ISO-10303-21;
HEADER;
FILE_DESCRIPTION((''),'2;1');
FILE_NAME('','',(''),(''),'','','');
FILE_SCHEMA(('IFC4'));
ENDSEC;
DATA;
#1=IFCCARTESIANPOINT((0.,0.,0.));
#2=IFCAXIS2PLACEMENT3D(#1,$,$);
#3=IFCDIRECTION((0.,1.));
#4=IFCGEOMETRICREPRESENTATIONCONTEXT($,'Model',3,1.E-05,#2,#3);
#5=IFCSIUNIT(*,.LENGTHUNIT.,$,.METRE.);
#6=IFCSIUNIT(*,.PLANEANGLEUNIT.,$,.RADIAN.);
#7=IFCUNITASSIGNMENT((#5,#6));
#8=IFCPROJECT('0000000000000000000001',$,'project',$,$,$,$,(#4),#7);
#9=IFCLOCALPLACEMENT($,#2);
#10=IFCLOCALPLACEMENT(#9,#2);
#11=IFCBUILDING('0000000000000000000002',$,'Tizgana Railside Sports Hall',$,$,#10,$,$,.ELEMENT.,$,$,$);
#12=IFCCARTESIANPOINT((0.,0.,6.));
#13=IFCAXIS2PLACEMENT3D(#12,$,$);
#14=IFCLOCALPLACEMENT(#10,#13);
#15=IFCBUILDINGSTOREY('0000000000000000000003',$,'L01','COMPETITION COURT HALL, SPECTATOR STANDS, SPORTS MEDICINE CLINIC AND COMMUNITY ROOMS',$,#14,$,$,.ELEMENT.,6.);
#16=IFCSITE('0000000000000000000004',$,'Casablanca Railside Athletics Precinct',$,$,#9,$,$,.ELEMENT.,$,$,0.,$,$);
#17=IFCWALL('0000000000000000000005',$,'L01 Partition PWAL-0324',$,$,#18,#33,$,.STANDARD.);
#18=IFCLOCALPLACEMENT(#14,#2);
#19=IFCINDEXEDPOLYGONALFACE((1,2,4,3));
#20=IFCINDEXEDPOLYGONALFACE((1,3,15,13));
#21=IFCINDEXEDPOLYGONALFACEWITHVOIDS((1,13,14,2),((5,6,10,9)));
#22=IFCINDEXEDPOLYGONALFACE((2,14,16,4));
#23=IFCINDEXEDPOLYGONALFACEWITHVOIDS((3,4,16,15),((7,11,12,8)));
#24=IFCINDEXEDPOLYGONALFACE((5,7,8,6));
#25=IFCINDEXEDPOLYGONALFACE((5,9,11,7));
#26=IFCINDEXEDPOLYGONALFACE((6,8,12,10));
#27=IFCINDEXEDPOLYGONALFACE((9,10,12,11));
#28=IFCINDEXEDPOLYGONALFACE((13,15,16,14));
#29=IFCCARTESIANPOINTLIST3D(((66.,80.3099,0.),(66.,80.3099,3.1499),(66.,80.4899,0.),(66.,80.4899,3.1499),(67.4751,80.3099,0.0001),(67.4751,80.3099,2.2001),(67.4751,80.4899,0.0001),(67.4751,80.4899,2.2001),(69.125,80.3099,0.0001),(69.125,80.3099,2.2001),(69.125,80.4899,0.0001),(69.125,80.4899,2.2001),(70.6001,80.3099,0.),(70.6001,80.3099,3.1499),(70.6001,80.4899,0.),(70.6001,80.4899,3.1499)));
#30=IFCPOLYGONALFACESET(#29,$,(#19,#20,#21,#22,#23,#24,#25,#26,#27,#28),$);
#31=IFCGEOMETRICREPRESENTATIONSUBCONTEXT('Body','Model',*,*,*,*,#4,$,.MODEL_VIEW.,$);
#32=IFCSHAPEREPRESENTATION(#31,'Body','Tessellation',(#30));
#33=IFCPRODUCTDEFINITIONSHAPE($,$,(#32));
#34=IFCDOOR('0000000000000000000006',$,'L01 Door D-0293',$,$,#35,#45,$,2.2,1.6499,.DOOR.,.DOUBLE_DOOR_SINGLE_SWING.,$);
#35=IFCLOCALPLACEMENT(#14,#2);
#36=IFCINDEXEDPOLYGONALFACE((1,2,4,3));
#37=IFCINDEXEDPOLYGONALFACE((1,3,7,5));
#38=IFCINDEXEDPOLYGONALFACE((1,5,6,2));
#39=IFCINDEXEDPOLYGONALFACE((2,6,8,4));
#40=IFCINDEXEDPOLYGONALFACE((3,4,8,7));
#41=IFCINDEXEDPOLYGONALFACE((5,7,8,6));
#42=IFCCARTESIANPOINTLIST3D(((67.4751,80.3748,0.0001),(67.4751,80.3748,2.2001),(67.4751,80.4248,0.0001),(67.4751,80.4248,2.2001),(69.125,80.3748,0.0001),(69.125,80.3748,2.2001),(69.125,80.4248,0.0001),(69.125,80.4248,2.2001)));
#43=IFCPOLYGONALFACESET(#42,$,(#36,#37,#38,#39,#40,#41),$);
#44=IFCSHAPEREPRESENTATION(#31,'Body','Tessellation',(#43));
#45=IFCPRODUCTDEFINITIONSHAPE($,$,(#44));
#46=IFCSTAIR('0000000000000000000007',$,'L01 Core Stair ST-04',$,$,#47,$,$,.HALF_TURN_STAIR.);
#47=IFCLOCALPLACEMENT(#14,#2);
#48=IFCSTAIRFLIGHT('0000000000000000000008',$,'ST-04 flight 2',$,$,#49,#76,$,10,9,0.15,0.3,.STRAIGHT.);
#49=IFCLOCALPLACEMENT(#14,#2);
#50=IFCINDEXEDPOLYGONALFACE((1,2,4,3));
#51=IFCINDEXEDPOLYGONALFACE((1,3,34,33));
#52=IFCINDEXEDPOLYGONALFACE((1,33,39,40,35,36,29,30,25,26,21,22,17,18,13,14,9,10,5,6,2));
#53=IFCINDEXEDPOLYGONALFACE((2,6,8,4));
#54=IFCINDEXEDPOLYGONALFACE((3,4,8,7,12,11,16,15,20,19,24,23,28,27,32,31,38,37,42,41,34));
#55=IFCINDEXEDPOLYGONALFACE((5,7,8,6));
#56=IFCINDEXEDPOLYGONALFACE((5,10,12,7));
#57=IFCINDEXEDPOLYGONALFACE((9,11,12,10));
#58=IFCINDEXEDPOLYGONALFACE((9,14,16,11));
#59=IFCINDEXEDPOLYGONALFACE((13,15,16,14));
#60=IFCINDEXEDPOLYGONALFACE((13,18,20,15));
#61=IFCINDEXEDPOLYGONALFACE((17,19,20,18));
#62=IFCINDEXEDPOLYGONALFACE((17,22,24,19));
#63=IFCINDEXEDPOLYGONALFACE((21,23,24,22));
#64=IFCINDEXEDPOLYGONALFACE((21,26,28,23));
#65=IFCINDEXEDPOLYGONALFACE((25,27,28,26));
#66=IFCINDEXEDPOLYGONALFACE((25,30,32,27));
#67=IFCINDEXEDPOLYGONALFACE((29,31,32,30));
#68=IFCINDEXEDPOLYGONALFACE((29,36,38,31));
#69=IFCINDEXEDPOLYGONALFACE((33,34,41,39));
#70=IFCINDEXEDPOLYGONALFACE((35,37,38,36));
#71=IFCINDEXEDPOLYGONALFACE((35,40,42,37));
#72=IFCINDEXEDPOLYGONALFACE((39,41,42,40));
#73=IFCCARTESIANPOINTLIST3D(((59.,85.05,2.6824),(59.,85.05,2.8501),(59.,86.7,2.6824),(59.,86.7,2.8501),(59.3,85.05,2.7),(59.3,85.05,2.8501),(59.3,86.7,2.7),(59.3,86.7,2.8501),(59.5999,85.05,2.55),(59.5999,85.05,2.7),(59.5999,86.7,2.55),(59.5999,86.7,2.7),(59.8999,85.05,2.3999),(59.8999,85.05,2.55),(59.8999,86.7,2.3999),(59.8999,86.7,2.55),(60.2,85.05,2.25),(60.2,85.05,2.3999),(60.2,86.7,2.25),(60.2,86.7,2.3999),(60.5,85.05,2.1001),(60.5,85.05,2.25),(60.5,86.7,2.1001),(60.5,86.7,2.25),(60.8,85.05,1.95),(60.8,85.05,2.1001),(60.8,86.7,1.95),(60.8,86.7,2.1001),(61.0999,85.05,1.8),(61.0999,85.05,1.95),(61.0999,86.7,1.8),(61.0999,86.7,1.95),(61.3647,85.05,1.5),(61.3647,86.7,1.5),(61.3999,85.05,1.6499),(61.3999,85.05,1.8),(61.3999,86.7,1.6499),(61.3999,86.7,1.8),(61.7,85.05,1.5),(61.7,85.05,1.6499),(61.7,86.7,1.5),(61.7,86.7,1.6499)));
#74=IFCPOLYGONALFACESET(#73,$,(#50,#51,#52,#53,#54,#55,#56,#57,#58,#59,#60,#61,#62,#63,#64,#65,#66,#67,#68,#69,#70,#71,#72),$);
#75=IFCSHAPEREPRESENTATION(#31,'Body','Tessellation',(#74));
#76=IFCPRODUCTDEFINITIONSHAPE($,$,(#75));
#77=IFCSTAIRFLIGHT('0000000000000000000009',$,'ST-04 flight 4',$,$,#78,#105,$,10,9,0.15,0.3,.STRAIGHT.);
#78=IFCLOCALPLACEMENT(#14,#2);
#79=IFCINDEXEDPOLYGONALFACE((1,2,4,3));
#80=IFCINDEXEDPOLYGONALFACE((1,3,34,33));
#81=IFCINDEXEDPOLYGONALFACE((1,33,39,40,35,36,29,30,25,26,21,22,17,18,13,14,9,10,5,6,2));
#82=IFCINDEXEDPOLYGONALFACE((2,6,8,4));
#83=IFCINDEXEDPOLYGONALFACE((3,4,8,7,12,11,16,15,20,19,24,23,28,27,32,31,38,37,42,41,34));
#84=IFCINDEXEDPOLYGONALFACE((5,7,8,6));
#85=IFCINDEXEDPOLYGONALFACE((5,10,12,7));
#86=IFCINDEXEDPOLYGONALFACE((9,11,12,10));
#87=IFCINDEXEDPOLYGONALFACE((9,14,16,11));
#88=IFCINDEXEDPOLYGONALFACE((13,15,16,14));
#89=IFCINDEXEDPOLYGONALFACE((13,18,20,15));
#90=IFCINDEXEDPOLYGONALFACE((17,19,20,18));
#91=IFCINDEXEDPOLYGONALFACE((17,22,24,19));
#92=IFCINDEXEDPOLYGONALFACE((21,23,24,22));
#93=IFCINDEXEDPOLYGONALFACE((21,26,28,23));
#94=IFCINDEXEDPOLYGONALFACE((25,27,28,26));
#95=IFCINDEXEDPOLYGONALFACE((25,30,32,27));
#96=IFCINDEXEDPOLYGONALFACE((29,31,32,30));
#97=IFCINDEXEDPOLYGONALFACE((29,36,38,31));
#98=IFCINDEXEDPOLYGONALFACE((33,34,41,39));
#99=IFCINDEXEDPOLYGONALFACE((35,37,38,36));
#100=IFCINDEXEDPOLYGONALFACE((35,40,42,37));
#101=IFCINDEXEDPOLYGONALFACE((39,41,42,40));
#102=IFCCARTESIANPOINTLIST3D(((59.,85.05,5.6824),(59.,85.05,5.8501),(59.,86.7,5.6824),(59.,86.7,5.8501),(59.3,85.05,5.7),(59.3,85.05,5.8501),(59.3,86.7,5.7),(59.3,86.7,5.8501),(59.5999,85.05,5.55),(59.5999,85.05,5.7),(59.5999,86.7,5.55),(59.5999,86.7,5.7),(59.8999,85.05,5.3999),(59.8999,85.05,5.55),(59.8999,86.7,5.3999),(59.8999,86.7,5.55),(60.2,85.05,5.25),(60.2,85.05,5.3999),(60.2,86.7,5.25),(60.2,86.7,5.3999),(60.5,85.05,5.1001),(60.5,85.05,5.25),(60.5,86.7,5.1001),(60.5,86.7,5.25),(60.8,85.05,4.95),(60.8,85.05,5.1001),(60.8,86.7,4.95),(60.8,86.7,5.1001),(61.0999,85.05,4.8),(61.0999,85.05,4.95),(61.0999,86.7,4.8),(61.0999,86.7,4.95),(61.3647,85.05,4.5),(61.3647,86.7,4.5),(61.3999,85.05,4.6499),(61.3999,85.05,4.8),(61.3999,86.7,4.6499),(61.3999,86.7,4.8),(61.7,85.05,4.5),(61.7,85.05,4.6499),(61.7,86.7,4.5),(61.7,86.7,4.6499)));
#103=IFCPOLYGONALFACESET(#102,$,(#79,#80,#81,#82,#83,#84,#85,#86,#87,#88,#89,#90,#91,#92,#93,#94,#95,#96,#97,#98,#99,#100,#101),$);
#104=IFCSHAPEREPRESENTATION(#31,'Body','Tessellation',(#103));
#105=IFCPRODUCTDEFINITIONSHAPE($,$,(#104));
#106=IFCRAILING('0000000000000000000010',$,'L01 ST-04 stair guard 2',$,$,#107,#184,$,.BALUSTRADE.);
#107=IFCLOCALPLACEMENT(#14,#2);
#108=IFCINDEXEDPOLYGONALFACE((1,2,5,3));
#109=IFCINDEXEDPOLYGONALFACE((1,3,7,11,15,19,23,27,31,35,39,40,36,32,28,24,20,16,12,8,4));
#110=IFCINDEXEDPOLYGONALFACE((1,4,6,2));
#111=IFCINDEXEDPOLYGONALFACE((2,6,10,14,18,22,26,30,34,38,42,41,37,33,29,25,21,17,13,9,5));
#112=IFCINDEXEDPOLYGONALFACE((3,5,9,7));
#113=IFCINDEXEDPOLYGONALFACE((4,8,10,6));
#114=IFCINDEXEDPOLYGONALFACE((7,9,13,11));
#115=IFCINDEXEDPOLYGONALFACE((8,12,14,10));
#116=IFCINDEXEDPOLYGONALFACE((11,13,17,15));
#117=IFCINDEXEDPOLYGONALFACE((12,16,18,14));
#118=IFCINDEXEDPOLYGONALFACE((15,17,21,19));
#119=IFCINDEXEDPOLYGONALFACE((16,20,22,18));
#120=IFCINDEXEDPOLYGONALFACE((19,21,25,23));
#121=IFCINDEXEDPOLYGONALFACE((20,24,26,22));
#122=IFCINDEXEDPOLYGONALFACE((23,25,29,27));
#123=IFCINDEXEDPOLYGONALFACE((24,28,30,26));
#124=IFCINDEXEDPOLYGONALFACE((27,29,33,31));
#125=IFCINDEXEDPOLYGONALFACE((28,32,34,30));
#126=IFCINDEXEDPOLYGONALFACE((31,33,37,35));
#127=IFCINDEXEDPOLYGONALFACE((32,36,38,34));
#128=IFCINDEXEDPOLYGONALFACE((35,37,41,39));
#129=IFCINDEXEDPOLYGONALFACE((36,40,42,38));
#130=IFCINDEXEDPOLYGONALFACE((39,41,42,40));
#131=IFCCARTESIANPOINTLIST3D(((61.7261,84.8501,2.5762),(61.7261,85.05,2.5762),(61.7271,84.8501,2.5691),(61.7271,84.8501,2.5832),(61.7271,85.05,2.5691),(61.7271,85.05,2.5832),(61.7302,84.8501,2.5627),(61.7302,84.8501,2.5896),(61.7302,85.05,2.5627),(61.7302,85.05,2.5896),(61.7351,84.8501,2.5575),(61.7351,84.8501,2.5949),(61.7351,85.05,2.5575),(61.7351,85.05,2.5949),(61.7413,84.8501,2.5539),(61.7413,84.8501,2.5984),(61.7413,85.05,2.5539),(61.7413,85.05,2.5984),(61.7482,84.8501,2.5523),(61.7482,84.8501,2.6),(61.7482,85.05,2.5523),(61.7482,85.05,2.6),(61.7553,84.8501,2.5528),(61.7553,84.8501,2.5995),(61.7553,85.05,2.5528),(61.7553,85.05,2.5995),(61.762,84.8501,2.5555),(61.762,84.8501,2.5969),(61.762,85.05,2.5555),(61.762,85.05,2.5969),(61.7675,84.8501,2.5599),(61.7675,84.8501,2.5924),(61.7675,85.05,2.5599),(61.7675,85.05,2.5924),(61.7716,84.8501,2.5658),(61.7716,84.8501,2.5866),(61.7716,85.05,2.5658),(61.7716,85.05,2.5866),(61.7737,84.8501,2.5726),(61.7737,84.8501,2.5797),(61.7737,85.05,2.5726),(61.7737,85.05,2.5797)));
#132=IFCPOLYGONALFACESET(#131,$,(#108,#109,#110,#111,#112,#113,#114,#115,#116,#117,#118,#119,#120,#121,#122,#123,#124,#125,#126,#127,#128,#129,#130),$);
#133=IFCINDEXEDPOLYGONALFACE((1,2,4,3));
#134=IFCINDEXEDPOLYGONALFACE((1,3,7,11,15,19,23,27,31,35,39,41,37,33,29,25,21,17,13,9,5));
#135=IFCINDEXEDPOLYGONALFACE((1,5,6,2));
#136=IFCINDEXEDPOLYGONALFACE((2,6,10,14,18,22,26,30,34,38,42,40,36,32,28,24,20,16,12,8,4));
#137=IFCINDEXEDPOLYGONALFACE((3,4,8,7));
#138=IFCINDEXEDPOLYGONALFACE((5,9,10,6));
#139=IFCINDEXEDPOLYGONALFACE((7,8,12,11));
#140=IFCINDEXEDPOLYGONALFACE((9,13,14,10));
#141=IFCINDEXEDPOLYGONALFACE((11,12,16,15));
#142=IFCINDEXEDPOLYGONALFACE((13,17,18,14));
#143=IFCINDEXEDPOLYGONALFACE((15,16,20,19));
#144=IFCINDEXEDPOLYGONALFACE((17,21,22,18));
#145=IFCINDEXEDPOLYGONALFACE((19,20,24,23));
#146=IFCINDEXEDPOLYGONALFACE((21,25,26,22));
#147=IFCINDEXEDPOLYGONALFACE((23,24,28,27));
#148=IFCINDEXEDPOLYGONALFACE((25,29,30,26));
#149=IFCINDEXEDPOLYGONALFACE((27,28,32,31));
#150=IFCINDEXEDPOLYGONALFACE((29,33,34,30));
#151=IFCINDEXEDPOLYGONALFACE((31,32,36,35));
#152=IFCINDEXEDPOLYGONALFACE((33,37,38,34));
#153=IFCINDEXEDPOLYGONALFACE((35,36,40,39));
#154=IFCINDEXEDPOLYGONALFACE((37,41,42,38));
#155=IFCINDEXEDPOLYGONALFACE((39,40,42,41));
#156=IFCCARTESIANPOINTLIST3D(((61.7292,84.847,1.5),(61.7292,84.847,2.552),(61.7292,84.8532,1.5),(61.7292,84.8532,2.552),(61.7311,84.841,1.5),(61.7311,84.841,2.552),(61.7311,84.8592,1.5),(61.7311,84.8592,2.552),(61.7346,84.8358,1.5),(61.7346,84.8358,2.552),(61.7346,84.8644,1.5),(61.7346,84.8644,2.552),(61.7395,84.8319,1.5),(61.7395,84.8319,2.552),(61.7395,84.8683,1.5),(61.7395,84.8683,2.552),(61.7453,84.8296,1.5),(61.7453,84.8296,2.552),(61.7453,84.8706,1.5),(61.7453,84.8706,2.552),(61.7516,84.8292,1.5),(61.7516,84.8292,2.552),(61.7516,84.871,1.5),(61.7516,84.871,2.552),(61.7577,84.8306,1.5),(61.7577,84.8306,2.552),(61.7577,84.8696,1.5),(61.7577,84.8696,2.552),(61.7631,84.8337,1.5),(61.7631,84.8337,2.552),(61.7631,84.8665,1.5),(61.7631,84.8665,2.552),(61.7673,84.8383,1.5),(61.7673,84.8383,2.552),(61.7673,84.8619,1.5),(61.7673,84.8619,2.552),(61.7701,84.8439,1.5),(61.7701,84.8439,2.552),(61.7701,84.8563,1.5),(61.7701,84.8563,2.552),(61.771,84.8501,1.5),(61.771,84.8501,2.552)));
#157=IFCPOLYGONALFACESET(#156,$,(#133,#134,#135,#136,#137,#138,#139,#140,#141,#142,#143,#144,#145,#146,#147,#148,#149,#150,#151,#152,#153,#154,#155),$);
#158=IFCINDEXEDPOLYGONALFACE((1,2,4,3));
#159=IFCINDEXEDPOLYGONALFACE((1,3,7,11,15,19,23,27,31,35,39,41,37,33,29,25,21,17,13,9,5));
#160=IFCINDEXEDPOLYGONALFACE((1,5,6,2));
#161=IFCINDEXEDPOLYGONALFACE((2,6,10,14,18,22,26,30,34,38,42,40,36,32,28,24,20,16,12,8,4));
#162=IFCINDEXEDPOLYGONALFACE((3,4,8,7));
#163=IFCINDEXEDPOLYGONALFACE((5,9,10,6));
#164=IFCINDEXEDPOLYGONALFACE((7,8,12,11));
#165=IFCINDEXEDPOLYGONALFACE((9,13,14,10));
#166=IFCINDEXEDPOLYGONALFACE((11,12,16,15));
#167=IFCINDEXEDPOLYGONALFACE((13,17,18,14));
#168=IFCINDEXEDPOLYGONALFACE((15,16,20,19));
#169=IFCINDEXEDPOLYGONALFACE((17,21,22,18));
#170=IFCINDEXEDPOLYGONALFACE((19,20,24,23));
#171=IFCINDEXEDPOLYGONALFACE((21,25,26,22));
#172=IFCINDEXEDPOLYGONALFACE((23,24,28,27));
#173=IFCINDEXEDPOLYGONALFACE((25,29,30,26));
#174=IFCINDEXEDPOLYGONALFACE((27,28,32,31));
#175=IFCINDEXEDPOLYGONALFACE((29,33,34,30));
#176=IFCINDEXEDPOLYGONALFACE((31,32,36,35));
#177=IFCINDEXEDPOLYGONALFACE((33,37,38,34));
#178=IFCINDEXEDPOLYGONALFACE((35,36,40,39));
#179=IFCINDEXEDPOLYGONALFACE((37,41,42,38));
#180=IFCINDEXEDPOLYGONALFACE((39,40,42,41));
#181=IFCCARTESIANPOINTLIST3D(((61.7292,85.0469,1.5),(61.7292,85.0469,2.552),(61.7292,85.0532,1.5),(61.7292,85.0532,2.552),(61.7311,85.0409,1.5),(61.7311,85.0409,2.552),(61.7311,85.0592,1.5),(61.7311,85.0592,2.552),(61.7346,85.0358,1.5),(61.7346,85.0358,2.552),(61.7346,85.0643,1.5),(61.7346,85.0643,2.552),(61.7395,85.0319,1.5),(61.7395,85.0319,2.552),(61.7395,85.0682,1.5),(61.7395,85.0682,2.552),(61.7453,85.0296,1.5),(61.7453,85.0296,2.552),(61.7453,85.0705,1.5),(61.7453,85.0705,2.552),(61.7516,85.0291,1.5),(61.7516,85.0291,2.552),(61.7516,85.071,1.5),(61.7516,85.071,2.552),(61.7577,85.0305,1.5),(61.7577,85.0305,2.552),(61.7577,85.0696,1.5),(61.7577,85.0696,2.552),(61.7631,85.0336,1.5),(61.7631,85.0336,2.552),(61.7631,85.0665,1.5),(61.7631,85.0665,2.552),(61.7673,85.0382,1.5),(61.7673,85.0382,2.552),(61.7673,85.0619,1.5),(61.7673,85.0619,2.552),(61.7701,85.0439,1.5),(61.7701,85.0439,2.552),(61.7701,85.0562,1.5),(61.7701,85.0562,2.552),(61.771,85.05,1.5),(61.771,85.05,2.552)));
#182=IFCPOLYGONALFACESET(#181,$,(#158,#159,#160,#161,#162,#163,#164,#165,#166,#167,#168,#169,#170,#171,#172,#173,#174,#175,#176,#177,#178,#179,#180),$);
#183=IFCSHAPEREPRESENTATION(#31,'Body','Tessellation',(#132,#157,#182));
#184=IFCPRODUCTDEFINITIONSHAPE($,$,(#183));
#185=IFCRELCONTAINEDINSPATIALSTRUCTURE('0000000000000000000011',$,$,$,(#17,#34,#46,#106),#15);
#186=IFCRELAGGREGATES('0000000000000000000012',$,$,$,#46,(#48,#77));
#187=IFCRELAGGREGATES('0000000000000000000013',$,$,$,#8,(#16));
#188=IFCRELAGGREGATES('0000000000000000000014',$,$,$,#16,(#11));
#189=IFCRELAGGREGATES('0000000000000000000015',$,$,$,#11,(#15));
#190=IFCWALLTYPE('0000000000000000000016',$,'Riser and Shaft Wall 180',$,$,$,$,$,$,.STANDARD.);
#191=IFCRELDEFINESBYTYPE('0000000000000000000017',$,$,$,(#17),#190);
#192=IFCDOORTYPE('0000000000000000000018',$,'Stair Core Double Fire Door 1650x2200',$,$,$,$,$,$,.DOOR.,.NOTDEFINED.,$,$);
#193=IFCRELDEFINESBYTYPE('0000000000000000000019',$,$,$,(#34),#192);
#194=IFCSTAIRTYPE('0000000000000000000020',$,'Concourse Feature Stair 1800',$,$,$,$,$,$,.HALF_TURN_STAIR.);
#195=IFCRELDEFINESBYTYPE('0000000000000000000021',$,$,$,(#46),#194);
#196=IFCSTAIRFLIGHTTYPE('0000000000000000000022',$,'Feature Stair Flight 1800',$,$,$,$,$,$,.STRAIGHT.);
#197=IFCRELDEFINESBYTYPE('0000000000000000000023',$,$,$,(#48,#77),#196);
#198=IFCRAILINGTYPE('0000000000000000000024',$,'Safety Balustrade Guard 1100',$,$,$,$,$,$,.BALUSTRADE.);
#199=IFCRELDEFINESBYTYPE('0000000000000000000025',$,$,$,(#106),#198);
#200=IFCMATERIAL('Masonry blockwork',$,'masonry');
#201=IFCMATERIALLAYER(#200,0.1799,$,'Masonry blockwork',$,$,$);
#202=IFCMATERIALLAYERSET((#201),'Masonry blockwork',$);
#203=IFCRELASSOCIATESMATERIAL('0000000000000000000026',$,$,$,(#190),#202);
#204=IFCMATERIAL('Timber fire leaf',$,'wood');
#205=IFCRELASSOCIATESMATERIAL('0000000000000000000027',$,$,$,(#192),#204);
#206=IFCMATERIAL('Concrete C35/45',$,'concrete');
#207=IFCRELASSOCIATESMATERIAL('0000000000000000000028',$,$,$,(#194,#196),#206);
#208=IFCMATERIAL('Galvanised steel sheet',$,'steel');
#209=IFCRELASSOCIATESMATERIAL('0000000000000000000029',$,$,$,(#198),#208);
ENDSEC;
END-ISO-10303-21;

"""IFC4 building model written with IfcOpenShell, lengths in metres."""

from ifc_helpers import new_model, si_unit, direction, frame, frame_2d, origin, origin_2d, place, context, subcontext, project, spatial, polyline, rectangle, circle, outline, extrude, material, layer, layer_set, type_object, element, fill, aggregate, save


model = new_model("IFC4")

# Units and contexts
model_context = context("Model", 3, precision=1e-05, world=origin(), true_north=direction((0.0, 1.0)))
body_context = subcontext(model_context, "Body", "Model", "MODEL_VIEW")
ifc_project = project(units=[si_unit("LENGTHUNIT", "METRE"), si_unit("PLANEANGLEUNIT", "RADIAN")], contexts=[model_context])

# Site, building, storey
site_placement = place(None, origin())
site = spatial("IfcSite", under=ifc_project, at=site_placement, Name="Casablanca Railside Athletics Precinct", CompositionType="ELEMENT", RefElevation=0.0)
building_placement = place(site_placement, origin())
building = spatial("IfcBuilding", under=site, at=building_placement, Name="Tizgana Railside Sports Hall", CompositionType="ELEMENT")
storey_placement = place(building_placement, frame((0.0, 0.0, 6.0)))
storey = spatial("IfcBuildingStorey", under=building, at=storey_placement, Name="L01", Description="COMPETITION COURT HALL, SPECTATOR STANDS, SPORTS MEDICINE CLINIC AND COMMUNITY ROOMS", CompositionType="ELEMENT", Elevation=6.0)

# Wall, opening, door
ifc_material_1 = material(Name="Masonry blockwork", Category="masonry")
ifc_layer_1 = layer(ifc_material_1, 0.1799, Name="Masonry blockwork")
ifc_layer_set_1 = layer_set([ifc_layer_1], Name="Masonry blockwork")
wall_type_1 = type_object("IfcWallType", Name="Riser and Shaft Wall 180", PredefinedType="STANDARD", material=ifc_layer_set_1)
wall_1_placement = place(storey_placement, frame((66.0, 80.3999, 0.0), z_axis=(0.0, 0.0, 1.0), x_axis=(1.0, 0.0, 0.0)))
wall_1 = element("IfcWall", 1, at=wall_1_placement, inside=storey, type_object=wall_type_1, Name="L01 Partition PWAL-0324", PredefinedType="STANDARD", context=body_context, shape_type="SweptSolid", body=[
    extrude(rectangle(XDim=4.6001, YDim=0.1799, at=frame_2d((2.3, 0.0))), origin(), (0.0, 0.0, 1.0), 3.1499),
])
opening_1_placement = place(wall_1_placement, frame((1.4751, 0.0, 0.0)))
opening_1 = element("IfcOpeningElement", 2, at=opening_1_placement, cuts=wall_1, PredefinedType="OPENING", context=body_context, shape_type="SweptSolid", body=[
    extrude(rectangle(XDim=1.6499, YDim=2.2, at=frame_2d((0.825, 1.1001))), frame((0.0, 0.0999, 0.0), z_axis=(0.0, -1.0, 0.0), x_axis=(1.0, 0.0, 0.0)), (0.0, 0.0, 1.0), 0.2),
])
ifc_material_2 = material(Name="Timber fire leaf", Category="wood")
door_type_1 = type_object("IfcDoorType", Name="Stair Core Double Fire Door 1650x2200", OperationType="NOTDEFINED", PredefinedType="DOOR", material=ifc_material_2)
door_1_placement = place(opening_1_placement, origin())
door_1 = element("IfcDoor", 3, at=door_1_placement, inside=storey, type_object=door_type_1, Name="L01 Door D-0293", OperationType="DOUBLE_DOOR_SINGLE_SWING", OverallHeight=2.2, OverallWidth=1.6499, PredefinedType="DOOR", context=body_context, shape_type="SweptSolid", body=[
    extrude(rectangle(XDim=1.6499, YDim=2.2, at=frame_2d((0.825, 1.1001))), frame((0.0, 0.0249, 0.0), z_axis=(0.0, -1.0, 0.0), x_axis=(1.0, 0.0, 0.0)), (0.0, 0.0, 1.0), 0.05),
])
fill(opening_1, door_1)

# Stair, stair flights
ifc_material_3 = material(Name="Concrete C35/45", Category="concrete")
stair_type = type_object("IfcStairType", Name="Concourse Feature Stair 1800", PredefinedType="HALF_TURN_STAIR", material=ifc_material_3)
stair_placement = place(storey_placement, origin())
stair = element("IfcStair", 4, at=stair_placement, inside=storey, type_object=stair_type, Name="L01 Core Stair ST-04", PredefinedType="HALF_TURN_STAIR")
stair_flight_type = type_object("IfcStairFlightType", Name="Feature Stair Flight 1800", PredefinedType="STRAIGHT", material=ifc_material_3)
stair_flight_1_placement = place(storey_placement, frame((61.7, 85.875, 1.5), z_axis=(0.0, 0.0, 1.0), x_axis=(-1.0, 0.0, 0.0)))
stair_flight_1 = element("IfcStairFlight", 5, at=stair_flight_1_placement, type_object=stair_flight_type, Name="ST-04 flight 2", NumberOfRisers=10, NumberOfTreads=9, PredefinedType="STRAIGHT", RiserHeight=0.15, TreadLength=0.3, context=body_context, shape_type="SweptSolid", body=[
    extrude(outline(polyline([(0.0, 0.0), (0.0, 0.1499), (0.3, 0.1499), (0.3, 0.3), (0.6001, 0.3), (0.6001, 0.45), (0.8999, 0.45), (0.8999, 0.6001), (1.2, 0.6001), (1.2, 0.75), (1.5, 0.75), (1.5, 0.8999), (1.8, 0.8999), (1.8, 1.05), (2.1001, 1.05), (2.1001, 1.2), (2.3999, 1.2), (2.3999, 1.3501), (2.7, 1.3501), (2.7, 1.5), (2.7, 1.1824), (0.3352, 0.0), (0.0, 0.0)])), frame((0.0, 0.825, 0.0), z_axis=(0.0, -1.0, 0.0), x_axis=(1.0, 0.0, 0.0)), (0.0, 0.0, 1.0), 1.6499),
])
stair_flight_2_placement = place(storey_placement, frame((61.7, 85.875, 4.5), z_axis=(0.0, 0.0, 1.0), x_axis=(-1.0, 0.0, 0.0)))
stair_flight_2 = element("IfcStairFlight", 6, at=stair_flight_2_placement, type_object=stair_flight_type, Name="ST-04 flight 4", NumberOfRisers=10, NumberOfTreads=9, PredefinedType="STRAIGHT", RiserHeight=0.15, TreadLength=0.3, context=body_context, shape_type="SweptSolid", body=[
    extrude(outline(polyline([(0.0, 0.0), (0.0, 0.1499), (0.3, 0.1499), (0.3, 0.3), (0.6001, 0.3), (0.6001, 0.45), (0.8999, 0.45), (0.8999, 0.6001), (1.2, 0.6001), (1.2, 0.75), (1.5, 0.75), (1.5, 0.8999), (1.8, 0.8999), (1.8, 1.05), (2.1001, 1.05), (2.1001, 1.2), (2.3999, 1.2), (2.3999, 1.3501), (2.7, 1.3501), (2.7, 1.5), (2.7, 1.1824), (0.3352, 0.0), (0.0, 0.0)])), frame((0.0, 0.825, 0.0), z_axis=(0.0, -1.0, 0.0), x_axis=(1.0, 0.0, 0.0)), (0.0, 0.0, 1.0), 1.6499),
])
aggregate(stair, [stair_flight_1, stair_flight_2])

# Railing
ifc_material_4 = material(Name="Galvanised steel sheet", Category="steel")
railing_type_1 = type_object("IfcRailingType", Name="Safety Balustrade Guard 1100", PredefinedType="BALUSTRADE", material=ifc_material_4)
for number, where, name in (
    (7, (61.75, 84.8501, 1.5), "L01 ST-04 stair guard 2"),
):
    element("IfcRailing", number, at=place(storey_placement, frame(where)), inside=storey, type_object=railing_type_1, Name=name, PredefinedType="BALUSTRADE", context=body_context, shape_type="SweptSolid", body=[
        extrude(circle(Radius=0.0239, at=origin_2d()), frame((0.0, 0.0, 1.0762), z_axis=(0.0, 1.0, 0.0), x_axis=(-1.0, 0.0, 0.0)), (0.0, 0.0, 1.0), 0.2),
        extrude(circle(Radius=0.021, at=origin_2d()), origin(), (0.0, 0.0, 1.0), 1.052),
        extrude(circle(Radius=0.021, at=origin_2d()), frame((0.0, 0.2, 0.0)), (0.0, 0.0, 1.0), 1.052),
    ])

save(model, "model.ifc")
